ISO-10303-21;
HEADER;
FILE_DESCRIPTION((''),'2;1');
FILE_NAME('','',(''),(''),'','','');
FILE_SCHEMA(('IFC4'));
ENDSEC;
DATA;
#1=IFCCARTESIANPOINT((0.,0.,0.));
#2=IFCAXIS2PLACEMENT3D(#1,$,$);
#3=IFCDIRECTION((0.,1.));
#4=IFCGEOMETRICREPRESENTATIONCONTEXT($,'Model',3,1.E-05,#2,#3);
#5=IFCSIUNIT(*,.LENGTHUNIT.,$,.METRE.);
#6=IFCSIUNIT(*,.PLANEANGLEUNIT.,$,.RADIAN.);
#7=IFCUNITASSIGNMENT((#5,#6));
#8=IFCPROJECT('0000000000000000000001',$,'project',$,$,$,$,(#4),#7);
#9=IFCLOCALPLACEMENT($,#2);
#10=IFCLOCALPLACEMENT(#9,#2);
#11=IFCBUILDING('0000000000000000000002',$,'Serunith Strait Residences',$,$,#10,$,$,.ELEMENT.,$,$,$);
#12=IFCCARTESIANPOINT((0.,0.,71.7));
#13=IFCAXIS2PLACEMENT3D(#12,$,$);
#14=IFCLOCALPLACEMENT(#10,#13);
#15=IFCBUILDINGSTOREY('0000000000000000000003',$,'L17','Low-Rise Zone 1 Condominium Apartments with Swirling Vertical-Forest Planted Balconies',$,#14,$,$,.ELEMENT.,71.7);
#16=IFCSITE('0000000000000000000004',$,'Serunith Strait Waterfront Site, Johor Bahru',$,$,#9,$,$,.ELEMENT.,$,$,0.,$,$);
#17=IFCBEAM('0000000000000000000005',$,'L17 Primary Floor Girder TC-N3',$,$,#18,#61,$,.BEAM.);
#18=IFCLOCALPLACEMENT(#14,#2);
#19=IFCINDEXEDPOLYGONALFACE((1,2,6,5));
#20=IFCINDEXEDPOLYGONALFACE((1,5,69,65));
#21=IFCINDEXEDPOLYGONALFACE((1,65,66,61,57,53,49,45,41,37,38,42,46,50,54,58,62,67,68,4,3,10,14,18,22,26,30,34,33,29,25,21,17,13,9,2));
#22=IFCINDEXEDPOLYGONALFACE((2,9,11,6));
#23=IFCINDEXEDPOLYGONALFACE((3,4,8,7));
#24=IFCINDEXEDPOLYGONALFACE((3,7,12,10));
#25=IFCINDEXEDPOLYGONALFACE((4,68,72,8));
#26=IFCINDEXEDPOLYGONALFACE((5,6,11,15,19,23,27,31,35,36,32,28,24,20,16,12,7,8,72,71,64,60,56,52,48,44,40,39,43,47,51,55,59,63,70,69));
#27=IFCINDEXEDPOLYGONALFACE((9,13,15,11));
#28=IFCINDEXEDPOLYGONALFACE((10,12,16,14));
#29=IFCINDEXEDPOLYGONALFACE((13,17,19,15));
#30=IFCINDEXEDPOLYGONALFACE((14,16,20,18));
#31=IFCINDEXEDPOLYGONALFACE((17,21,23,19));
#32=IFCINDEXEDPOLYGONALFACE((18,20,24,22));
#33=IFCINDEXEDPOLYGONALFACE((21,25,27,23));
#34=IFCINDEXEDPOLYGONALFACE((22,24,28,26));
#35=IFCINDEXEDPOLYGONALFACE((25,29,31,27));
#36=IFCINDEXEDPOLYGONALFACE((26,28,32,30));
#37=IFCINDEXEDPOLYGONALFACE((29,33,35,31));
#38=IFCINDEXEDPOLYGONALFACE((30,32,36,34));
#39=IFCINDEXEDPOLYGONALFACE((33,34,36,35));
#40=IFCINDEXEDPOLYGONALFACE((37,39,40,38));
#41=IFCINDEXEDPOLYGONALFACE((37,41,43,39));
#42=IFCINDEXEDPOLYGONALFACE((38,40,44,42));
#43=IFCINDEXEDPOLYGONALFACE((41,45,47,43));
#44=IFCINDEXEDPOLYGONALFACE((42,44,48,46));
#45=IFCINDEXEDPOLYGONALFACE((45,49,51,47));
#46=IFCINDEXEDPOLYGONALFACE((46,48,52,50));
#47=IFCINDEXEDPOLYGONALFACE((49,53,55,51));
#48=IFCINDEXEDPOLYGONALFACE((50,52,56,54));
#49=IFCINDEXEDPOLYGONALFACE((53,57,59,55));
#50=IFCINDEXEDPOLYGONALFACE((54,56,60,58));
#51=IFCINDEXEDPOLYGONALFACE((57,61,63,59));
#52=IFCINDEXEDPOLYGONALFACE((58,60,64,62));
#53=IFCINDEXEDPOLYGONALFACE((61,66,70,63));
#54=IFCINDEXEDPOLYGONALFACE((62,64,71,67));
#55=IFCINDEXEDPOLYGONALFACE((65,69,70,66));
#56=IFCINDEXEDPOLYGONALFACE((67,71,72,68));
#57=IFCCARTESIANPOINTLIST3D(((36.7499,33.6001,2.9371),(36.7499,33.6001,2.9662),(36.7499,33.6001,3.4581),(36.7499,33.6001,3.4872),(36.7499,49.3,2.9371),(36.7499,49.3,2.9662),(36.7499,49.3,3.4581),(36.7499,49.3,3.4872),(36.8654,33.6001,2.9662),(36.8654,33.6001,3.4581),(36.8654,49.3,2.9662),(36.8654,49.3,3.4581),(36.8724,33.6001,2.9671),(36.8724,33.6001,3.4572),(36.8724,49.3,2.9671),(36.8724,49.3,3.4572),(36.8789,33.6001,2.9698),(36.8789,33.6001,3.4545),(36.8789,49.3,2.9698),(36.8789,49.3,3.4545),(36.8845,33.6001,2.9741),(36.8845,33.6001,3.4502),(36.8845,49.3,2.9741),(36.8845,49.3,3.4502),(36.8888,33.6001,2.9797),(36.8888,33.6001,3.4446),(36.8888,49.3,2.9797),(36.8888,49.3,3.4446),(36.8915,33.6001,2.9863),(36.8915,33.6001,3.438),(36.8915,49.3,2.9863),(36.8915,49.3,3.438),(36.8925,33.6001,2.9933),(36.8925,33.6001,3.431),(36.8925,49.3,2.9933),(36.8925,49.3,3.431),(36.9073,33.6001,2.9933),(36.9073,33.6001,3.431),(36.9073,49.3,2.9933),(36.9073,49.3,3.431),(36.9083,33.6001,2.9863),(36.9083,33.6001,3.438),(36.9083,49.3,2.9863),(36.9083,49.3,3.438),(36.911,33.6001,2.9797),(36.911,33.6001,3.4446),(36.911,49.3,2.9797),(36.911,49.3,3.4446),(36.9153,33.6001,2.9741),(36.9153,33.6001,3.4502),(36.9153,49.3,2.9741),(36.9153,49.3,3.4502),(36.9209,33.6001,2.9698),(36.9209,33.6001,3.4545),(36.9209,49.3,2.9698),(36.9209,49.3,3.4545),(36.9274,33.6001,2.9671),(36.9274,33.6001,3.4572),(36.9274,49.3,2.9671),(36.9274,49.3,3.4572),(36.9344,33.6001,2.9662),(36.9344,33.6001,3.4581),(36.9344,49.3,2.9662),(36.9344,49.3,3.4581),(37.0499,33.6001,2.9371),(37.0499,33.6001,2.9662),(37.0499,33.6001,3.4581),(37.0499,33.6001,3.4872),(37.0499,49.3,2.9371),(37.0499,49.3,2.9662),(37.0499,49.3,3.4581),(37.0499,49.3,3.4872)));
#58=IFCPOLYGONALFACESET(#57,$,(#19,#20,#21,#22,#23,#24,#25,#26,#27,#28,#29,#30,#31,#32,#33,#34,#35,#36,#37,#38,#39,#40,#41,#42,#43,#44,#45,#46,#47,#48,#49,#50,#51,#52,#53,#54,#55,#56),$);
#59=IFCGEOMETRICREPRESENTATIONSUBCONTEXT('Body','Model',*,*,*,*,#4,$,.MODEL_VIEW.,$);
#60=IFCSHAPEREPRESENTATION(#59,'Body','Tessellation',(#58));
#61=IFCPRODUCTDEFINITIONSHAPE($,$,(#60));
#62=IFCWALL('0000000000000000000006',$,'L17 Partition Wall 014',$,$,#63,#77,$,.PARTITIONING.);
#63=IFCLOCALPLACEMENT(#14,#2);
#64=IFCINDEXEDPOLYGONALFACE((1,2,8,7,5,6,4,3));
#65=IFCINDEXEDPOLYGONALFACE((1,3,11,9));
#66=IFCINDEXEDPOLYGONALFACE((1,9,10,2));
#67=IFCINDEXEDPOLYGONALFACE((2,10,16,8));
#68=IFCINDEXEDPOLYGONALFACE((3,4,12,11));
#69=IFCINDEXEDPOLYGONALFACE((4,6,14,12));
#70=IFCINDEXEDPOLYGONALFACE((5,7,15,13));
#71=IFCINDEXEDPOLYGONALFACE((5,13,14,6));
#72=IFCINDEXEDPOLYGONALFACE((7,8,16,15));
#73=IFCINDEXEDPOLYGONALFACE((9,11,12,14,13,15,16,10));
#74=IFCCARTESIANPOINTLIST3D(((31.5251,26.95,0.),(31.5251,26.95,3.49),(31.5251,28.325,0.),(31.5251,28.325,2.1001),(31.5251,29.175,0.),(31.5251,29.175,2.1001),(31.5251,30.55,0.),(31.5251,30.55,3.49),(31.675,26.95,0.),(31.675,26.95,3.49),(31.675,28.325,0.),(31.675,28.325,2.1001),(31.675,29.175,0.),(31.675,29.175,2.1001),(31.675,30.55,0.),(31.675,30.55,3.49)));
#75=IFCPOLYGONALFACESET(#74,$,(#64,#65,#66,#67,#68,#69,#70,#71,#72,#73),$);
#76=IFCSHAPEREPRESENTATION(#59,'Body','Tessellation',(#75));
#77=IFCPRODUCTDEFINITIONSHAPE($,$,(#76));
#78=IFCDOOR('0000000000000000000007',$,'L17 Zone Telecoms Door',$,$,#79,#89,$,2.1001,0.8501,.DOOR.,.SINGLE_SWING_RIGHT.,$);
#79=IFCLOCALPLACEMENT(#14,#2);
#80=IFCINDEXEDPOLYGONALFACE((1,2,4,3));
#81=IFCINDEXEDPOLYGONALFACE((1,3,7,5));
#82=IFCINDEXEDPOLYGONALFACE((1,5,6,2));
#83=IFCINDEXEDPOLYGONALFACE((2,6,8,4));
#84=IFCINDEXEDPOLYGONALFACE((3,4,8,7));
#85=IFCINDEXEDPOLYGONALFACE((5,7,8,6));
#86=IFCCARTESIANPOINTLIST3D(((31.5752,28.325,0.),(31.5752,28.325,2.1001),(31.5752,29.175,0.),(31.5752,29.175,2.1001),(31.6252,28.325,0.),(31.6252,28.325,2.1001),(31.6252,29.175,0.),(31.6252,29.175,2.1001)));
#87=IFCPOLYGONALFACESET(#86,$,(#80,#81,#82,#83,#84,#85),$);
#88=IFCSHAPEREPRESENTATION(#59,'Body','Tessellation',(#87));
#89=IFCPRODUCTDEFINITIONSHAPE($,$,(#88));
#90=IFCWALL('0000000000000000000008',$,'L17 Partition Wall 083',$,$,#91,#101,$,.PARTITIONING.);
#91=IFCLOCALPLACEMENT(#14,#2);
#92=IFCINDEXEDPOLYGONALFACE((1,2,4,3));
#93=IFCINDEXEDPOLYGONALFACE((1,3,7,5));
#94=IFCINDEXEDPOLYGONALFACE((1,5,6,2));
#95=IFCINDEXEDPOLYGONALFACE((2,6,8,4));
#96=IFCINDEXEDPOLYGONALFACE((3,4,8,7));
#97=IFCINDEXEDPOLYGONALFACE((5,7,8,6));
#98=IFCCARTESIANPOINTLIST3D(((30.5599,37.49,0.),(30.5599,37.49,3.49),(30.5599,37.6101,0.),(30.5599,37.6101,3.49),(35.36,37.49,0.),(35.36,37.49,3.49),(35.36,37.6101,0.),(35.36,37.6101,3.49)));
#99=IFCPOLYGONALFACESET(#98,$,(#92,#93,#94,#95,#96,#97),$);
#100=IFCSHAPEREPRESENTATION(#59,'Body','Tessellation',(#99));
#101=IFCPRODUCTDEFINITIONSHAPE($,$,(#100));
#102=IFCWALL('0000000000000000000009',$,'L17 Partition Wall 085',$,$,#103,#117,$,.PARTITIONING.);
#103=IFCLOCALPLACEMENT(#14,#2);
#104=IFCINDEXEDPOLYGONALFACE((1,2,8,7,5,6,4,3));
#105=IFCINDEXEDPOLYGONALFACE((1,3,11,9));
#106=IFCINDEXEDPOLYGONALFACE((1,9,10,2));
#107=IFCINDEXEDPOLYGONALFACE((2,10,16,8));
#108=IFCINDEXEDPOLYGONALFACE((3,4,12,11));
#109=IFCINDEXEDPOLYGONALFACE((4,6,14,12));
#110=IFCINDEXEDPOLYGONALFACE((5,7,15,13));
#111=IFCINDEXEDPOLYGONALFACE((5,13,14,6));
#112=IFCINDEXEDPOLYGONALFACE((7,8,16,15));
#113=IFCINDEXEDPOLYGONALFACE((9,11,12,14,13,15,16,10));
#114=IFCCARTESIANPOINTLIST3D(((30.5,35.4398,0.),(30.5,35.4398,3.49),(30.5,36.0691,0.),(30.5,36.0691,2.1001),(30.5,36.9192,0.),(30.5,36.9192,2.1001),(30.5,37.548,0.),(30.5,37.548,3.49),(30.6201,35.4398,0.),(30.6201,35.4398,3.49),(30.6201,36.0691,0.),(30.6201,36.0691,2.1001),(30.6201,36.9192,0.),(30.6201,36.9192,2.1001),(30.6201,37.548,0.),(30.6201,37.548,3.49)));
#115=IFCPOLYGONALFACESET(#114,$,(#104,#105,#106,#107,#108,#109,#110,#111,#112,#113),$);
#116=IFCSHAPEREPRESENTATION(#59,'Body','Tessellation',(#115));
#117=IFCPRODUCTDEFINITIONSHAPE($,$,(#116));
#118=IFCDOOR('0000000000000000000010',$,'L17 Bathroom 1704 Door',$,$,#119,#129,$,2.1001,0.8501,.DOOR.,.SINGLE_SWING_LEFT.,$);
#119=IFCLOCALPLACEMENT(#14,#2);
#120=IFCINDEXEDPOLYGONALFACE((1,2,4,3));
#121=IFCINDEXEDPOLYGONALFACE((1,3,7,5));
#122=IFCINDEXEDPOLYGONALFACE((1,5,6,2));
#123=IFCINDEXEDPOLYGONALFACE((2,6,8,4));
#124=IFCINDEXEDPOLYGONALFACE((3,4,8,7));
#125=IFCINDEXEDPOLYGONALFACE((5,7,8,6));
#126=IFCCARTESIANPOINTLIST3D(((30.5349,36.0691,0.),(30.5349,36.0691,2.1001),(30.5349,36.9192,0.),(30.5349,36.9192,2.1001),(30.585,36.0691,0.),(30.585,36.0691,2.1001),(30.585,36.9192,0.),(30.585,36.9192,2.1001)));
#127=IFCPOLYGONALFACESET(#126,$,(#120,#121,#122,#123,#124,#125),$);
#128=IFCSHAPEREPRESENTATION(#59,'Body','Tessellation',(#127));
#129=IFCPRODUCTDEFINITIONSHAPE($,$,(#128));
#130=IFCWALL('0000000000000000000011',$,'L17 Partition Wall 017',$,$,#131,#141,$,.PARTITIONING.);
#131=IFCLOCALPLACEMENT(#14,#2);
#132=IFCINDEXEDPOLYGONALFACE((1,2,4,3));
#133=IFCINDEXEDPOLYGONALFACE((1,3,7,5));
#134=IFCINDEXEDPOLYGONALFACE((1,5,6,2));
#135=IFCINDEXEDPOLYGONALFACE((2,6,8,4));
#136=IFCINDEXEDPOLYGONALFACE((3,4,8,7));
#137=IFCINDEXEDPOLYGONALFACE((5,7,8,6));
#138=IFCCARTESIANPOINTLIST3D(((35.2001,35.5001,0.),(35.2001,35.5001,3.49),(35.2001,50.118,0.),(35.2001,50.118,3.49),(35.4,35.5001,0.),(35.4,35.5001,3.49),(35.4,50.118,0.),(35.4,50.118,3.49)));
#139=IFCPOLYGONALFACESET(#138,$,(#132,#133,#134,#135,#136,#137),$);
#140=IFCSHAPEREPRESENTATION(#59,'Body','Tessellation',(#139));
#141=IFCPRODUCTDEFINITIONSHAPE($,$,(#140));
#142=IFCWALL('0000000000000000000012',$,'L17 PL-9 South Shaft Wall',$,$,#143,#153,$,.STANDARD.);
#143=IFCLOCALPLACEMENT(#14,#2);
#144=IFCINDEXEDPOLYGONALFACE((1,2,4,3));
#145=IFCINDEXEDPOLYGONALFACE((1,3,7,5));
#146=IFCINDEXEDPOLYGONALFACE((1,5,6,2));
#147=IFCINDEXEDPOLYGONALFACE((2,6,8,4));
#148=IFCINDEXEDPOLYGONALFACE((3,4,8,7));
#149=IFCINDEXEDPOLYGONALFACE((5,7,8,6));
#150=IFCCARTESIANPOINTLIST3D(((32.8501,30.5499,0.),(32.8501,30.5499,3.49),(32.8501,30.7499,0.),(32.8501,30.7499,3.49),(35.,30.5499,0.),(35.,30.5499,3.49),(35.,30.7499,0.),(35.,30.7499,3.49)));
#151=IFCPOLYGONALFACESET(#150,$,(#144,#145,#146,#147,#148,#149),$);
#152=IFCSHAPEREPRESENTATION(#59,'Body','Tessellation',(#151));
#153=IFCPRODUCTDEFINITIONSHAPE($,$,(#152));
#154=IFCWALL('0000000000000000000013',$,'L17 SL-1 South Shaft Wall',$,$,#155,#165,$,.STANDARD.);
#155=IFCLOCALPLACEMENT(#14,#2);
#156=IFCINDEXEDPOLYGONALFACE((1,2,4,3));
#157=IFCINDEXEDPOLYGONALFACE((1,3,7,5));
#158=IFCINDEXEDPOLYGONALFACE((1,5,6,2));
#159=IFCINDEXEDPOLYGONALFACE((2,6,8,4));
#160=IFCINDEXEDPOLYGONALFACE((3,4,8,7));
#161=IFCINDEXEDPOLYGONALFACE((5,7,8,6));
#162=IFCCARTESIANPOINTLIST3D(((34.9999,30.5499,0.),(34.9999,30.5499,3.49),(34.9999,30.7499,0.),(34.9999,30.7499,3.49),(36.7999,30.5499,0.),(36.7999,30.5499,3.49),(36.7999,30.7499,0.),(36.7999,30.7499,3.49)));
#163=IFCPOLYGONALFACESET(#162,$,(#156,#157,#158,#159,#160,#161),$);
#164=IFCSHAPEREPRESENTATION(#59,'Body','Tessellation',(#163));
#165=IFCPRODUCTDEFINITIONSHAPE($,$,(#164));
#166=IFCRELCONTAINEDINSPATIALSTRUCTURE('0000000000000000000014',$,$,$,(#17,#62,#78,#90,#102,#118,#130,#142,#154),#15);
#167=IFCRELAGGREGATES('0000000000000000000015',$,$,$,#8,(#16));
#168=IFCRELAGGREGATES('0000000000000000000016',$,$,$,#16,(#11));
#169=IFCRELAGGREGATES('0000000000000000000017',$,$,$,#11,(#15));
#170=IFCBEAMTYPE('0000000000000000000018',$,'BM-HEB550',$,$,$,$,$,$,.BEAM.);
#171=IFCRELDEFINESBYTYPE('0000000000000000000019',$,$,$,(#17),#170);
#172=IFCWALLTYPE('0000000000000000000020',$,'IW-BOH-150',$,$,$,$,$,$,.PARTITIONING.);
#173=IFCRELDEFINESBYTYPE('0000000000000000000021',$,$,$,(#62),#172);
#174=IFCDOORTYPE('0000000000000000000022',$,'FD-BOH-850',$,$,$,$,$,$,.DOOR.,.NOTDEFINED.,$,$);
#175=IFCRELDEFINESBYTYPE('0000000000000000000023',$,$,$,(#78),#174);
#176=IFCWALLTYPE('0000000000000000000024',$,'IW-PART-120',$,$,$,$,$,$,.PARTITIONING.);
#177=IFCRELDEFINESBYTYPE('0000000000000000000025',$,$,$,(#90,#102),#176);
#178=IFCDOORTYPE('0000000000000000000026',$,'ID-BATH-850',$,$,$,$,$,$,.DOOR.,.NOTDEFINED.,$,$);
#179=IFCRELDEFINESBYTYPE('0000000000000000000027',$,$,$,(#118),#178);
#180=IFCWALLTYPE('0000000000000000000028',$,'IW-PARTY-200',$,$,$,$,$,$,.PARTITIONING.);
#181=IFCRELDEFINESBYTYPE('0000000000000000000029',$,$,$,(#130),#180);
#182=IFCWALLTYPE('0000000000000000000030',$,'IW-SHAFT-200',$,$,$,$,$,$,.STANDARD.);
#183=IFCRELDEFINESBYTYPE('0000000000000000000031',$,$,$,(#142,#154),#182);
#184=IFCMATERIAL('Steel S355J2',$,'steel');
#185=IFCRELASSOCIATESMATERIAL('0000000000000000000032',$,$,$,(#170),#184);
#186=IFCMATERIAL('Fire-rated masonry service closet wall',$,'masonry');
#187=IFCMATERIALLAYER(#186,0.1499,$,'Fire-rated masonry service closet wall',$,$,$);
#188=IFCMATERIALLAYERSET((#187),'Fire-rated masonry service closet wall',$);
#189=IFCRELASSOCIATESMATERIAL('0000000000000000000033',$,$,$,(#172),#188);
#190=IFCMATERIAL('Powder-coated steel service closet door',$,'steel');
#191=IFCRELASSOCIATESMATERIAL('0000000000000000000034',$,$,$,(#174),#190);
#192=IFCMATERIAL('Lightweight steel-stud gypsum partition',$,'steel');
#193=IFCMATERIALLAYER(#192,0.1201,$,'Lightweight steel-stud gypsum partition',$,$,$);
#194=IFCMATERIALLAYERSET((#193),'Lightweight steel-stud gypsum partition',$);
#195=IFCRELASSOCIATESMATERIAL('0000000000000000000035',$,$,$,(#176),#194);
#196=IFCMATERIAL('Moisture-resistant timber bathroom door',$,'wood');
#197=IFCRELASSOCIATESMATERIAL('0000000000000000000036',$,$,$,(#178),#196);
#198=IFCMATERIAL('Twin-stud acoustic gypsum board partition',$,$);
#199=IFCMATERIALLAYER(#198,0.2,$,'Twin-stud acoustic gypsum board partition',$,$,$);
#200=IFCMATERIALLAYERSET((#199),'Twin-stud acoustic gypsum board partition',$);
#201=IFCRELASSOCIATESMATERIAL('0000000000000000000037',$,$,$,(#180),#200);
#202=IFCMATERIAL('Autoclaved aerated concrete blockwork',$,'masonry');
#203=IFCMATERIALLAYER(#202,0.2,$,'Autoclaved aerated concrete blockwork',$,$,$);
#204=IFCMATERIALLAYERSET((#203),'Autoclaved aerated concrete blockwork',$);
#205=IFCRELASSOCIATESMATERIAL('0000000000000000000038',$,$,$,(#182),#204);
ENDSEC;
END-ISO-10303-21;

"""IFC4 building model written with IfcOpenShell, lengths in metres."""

from ifc_helpers import new_model, si_unit, direction, frame, frame_2d, origin, origin_2d, place, context, subcontext, project, spatial, rectangle, i_section, extrude, source, transform, mapped, material, layer, layer_set, material_profile, profile_set, type_object, element, fill, save


model = new_model("IFC4")

# Units and contexts
model_context = context("Model", 3, precision=1e-05, world=origin(), true_north=direction((0.0, 1.0)))
body_context = subcontext(model_context, "Body", "Model", "MODEL_VIEW")
ifc_project = project(units=[si_unit("LENGTHUNIT", "METRE"), si_unit("PLANEANGLEUNIT", "RADIAN")], contexts=[model_context])

# Site, building, storey
site_placement = place(None, origin())
site = spatial("IfcSite", under=ifc_project, at=site_placement, Name="Serunith Strait Waterfront Site, Johor Bahru", CompositionType="ELEMENT", RefElevation=0.0)
building_placement = place(site_placement, origin())
building = spatial("IfcBuilding", under=site, at=building_placement, Name="Serunith Strait Residences", CompositionType="ELEMENT")
storey_placement = place(building_placement, frame((0.0, 0.0, 71.7)))
storey = spatial("IfcBuildingStorey", under=building, at=storey_placement, Name="L17", Description="Low-Rise Zone 1 Condominium Apartments with Swirling Vertical-Forest Planted Balconies", CompositionType="ELEMENT", Elevation=71.7)

# Beam
ifc_material_1 = material(Name="Steel S355J2", Category="steel")
ifc_material_profile = material_profile(ifc_material_1, i_section(OverallWidth=0.3, OverallDepth=0.55, WebThickness=0.0149, FlangeThickness=0.0291, FilletRadius=0.0271, at=origin_2d()), Name="HEB 550")
ifc_profile_set = profile_set([ifc_material_profile], Name="Steel S355J2")
beam_type = type_object("IfcBeamType", Name="BM-HEB550", PredefinedType="BEAM", material=ifc_profile_set)
shared_shape_1 = source(origin(), body_context, "Body", "SweptSolid", [
    extrude(i_section(OverallWidth=0.3, OverallDepth=0.55, WebThickness=0.0149, FlangeThickness=0.0291, FilletRadius=0.0271, at=origin_2d()), origin(), (0.0, 0.0, 1.0), 15.7),
])
beam_placement = place(storey_placement, frame((36.8999, 33.6001, 3.2122), z_axis=(0.0, 1.0, 0.0), x_axis=(-1.0, 0.0, 0.0)))
element("IfcBeam", 1, at=beam_placement, inside=storey, type_object=beam_type, Name="L17 Primary Floor Girder TC-N3", PredefinedType="BEAM", context=body_context, shape_type="MappedRepresentation", body=[
    mapped(shared_shape_1, transform((0.0, 0.0, 0.0), scale=1.0)),
])

# Wall, opening, door
ifc_material_2 = material(Name="Fire-rated masonry service closet wall", Category="masonry")
ifc_layer_1 = layer(ifc_material_2, 0.1499, Name="Fire-rated masonry service closet wall")
ifc_layer_set_1 = layer_set([ifc_layer_1], Name="Fire-rated masonry service closet wall")
wall_type_1 = type_object("IfcWallType", Name="IW-BOH-150", PredefinedType="PARTITIONING", material=ifc_layer_set_1)
wall_1_placement = place(storey_placement, frame((31.6001, 26.95, 0.0), z_axis=(0.0, 0.0, 1.0), x_axis=(0.0, 1.0, 0.0)))
wall_1 = element("IfcWall", 2, at=wall_1_placement, inside=storey, type_object=wall_type_1, Name="L17 Partition Wall 014", PredefinedType="PARTITIONING", context=body_context, shape_type="SweptSolid", body=[
    extrude(rectangle(XDim=3.6001, YDim=0.1499, at=frame_2d((1.8, 0.0))), origin(), (0.0, 0.0, 1.0), 3.49),
])
opening_1_placement = place(wall_1_placement, frame((1.375, 0.0, 0.0)))
opening_1 = element("IfcOpeningElement", 3, at=opening_1_placement, cuts=wall_1, PredefinedType="OPENING", context=body_context, shape_type="SweptSolid", body=[
    extrude(rectangle(XDim=0.8501, YDim=2.1001, at=frame_2d((0.425, 1.05))), frame((0.0, 0.085, 0.0), z_axis=(0.0, -1.0, 0.0), x_axis=(1.0, 0.0, 0.0)), (0.0, 0.0, 1.0), 0.1699),
])
ifc_material_3 = material(Name="Powder-coated steel service closet door", Category="steel")
door_type_1 = type_object("IfcDoorType", Name="FD-BOH-850", OperationType="NOTDEFINED", PredefinedType="DOOR", material=ifc_material_3)
shared_shape_2 = source(origin(), body_context, "Body", "SweptSolid", [
    extrude(rectangle(XDim=0.8501, YDim=2.1001, at=frame_2d((0.425, 1.05))), frame((0.0, 0.0249, 0.0), z_axis=(0.0, -1.0, 0.0), x_axis=(1.0, 0.0, 0.0)), (0.0, 0.0, 1.0), 0.05),
])
door_1_placement = place(opening_1_placement, origin())
door_1 = element("IfcDoor", 4, at=door_1_placement, inside=storey, type_object=door_type_1, Name="L17 Zone Telecoms Door", OperationType="SINGLE_SWING_RIGHT", OverallHeight=2.1001, OverallWidth=0.8501, PredefinedType="DOOR", context=body_context, shape_type="MappedRepresentation", body=[
    mapped(shared_shape_2, transform((0.0, 0.0, 0.0), scale=1.0)),
])
fill(opening_1, door_1)

# Wall
ifc_material_4 = material(Name="Lightweight steel-stud gypsum partition", Category="steel")
ifc_layer_2 = layer(ifc_material_4, 0.1201, Name="Lightweight steel-stud gypsum partition")
ifc_layer_set_2 = layer_set([ifc_layer_2], Name="Lightweight steel-stud gypsum partition")
wall_type_2 = type_object("IfcWallType", Name="IW-PART-120", PredefinedType="PARTITIONING", material=ifc_layer_set_2)
wall_2_placement = place(storey_placement, frame((30.5601, 37.55, 0.0), z_axis=(0.0, 0.0, 1.0), x_axis=(1.0, 0.0, 0.0)))
element("IfcWall", 5, at=wall_2_placement, inside=storey, type_object=wall_type_2, Name="L17 Partition Wall 083", PredefinedType="PARTITIONING", context=body_context, shape_type="SweptSolid", body=[
    extrude(rectangle(XDim=4.8, YDim=0.1201, at=frame_2d((2.3999, 0.0))), origin(), (0.0, 0.0, 1.0), 3.49),
])

# Wall, opening, door
wall_3_placement = place(storey_placement, frame((30.5601, 37.5481, 0.0), z_axis=(0.0, 0.0, 1.0), x_axis=(0.0, -1.0, 0.0)))
wall_3 = element("IfcWall", 6, at=wall_3_placement, inside=storey, type_object=wall_type_2, Name="L17 Partition Wall 085", PredefinedType="PARTITIONING", context=body_context, shape_type="SweptSolid", body=[
    extrude(rectangle(XDim=2.1082, YDim=0.1201, at=frame_2d((1.0542, 0.0))), origin(), (0.0, 0.0, 1.0), 3.49),
])
opening_2_placement = place(wall_3_placement, frame((0.6289, 0.0, 0.0)))
opening_2 = element("IfcOpeningElement", 7, at=opening_2_placement, cuts=wall_3, PredefinedType="OPENING", context=body_context, shape_type="SweptSolid", body=[
    extrude(rectangle(XDim=0.8501, YDim=2.1001, at=frame_2d((0.425, 1.05))), frame((0.0, 0.0701, 0.0), z_axis=(0.0, -1.0, 0.0), x_axis=(1.0, 0.0, 0.0)), (0.0, 0.0, 1.0), 0.1401),
])
ifc_material_5 = material(Name="Moisture-resistant timber bathroom door", Category="wood")
door_type_2 = type_object("IfcDoorType", Name="ID-BATH-850", OperationType="NOTDEFINED", PredefinedType="DOOR", material=ifc_material_5)
door_2_placement = place(opening_2_placement, origin())
door_2 = element("IfcDoor", 8, at=door_2_placement, inside=storey, type_object=door_type_2, Name="L17 Bathroom 1704 Door", OperationType="SINGLE_SWING_LEFT", OverallHeight=2.1001, OverallWidth=0.8501, PredefinedType="DOOR", context=body_context, shape_type="MappedRepresentation", body=[
    mapped(shared_shape_2, transform((0.0, 0.0, 0.0), scale=1.0)),
])
fill(opening_2, door_2)

# Wall
ifc_material_6 = material(Name="Twin-stud acoustic gypsum board partition")
ifc_layer_3 = layer(ifc_material_6, 0.2, Name="Twin-stud acoustic gypsum board partition")
ifc_layer_set_3 = layer_set([ifc_layer_3], Name="Twin-stud acoustic gypsum board partition")
wall_type_3 = type_object("IfcWallType", Name="IW-PARTY-200", PredefinedType="PARTITIONING", material=ifc_layer_set_3)
wall_4_placement = place(storey_placement, frame((35.3, 35.5, 0.0), z_axis=(0.0, 0.0, 1.0), x_axis=(0.0, 1.0, 0.0)))
element("IfcWall", 9, at=wall_4_placement, inside=storey, type_object=wall_type_3, Name="L17 Partition Wall 017", PredefinedType="PARTITIONING", context=body_context, shape_type="SweptSolid", body=[
    extrude(rectangle(XDim=14.6179, YDim=0.2, at=frame_2d((7.3091, 0.0))), origin(), (0.0, 0.0, 1.0), 3.49),
])

# Shared definitions
ifc_material_7 = material(Name="Autoclaved aerated concrete blockwork", Category="masonry")
ifc_layer_4 = layer(ifc_material_7, 0.2, Name="Autoclaved aerated concrete blockwork")
ifc_layer_set_4 = layer_set([ifc_layer_4], Name="Autoclaved aerated concrete blockwork")
wall_type_4 = type_object("IfcWallType", Name="IW-SHAFT-200", PredefinedType="STANDARD", material=ifc_layer_set_4)

# Walls
wall_5_placement = place(storey_placement, frame((32.8501, 30.6499, 0.0), z_axis=(0.0, 0.0, 1.0), x_axis=(1.0, 0.0, 0.0)))
element("IfcWall", 10, at=wall_5_placement, inside=storey, type_object=wall_type_4, Name="L17 PL-9 South Shaft Wall", PredefinedType="STANDARD", context=body_context, shape_type="SweptSolid", body=[
    extrude(rectangle(XDim=2.1499, YDim=0.2, at=frame_2d((1.075, 0.0))), origin(), (0.0, 0.0, 1.0), 3.49),
])
wall_6_placement = place(storey_placement, frame((35.0, 30.6499, 0.0), z_axis=(0.0, 0.0, 1.0), x_axis=(1.0, 0.0, 0.0)))
element("IfcWall", 11, at=wall_6_placement, inside=storey, type_object=wall_type_4, Name="L17 SL-1 South Shaft Wall", PredefinedType="STANDARD", context=body_context, shape_type="SweptSolid", body=[
    extrude(rectangle(XDim=1.8, YDim=0.2, at=frame_2d((0.8999, 0.0))), origin(), (0.0, 0.0, 1.0), 3.49),
])

save(model, "model.ifc")
